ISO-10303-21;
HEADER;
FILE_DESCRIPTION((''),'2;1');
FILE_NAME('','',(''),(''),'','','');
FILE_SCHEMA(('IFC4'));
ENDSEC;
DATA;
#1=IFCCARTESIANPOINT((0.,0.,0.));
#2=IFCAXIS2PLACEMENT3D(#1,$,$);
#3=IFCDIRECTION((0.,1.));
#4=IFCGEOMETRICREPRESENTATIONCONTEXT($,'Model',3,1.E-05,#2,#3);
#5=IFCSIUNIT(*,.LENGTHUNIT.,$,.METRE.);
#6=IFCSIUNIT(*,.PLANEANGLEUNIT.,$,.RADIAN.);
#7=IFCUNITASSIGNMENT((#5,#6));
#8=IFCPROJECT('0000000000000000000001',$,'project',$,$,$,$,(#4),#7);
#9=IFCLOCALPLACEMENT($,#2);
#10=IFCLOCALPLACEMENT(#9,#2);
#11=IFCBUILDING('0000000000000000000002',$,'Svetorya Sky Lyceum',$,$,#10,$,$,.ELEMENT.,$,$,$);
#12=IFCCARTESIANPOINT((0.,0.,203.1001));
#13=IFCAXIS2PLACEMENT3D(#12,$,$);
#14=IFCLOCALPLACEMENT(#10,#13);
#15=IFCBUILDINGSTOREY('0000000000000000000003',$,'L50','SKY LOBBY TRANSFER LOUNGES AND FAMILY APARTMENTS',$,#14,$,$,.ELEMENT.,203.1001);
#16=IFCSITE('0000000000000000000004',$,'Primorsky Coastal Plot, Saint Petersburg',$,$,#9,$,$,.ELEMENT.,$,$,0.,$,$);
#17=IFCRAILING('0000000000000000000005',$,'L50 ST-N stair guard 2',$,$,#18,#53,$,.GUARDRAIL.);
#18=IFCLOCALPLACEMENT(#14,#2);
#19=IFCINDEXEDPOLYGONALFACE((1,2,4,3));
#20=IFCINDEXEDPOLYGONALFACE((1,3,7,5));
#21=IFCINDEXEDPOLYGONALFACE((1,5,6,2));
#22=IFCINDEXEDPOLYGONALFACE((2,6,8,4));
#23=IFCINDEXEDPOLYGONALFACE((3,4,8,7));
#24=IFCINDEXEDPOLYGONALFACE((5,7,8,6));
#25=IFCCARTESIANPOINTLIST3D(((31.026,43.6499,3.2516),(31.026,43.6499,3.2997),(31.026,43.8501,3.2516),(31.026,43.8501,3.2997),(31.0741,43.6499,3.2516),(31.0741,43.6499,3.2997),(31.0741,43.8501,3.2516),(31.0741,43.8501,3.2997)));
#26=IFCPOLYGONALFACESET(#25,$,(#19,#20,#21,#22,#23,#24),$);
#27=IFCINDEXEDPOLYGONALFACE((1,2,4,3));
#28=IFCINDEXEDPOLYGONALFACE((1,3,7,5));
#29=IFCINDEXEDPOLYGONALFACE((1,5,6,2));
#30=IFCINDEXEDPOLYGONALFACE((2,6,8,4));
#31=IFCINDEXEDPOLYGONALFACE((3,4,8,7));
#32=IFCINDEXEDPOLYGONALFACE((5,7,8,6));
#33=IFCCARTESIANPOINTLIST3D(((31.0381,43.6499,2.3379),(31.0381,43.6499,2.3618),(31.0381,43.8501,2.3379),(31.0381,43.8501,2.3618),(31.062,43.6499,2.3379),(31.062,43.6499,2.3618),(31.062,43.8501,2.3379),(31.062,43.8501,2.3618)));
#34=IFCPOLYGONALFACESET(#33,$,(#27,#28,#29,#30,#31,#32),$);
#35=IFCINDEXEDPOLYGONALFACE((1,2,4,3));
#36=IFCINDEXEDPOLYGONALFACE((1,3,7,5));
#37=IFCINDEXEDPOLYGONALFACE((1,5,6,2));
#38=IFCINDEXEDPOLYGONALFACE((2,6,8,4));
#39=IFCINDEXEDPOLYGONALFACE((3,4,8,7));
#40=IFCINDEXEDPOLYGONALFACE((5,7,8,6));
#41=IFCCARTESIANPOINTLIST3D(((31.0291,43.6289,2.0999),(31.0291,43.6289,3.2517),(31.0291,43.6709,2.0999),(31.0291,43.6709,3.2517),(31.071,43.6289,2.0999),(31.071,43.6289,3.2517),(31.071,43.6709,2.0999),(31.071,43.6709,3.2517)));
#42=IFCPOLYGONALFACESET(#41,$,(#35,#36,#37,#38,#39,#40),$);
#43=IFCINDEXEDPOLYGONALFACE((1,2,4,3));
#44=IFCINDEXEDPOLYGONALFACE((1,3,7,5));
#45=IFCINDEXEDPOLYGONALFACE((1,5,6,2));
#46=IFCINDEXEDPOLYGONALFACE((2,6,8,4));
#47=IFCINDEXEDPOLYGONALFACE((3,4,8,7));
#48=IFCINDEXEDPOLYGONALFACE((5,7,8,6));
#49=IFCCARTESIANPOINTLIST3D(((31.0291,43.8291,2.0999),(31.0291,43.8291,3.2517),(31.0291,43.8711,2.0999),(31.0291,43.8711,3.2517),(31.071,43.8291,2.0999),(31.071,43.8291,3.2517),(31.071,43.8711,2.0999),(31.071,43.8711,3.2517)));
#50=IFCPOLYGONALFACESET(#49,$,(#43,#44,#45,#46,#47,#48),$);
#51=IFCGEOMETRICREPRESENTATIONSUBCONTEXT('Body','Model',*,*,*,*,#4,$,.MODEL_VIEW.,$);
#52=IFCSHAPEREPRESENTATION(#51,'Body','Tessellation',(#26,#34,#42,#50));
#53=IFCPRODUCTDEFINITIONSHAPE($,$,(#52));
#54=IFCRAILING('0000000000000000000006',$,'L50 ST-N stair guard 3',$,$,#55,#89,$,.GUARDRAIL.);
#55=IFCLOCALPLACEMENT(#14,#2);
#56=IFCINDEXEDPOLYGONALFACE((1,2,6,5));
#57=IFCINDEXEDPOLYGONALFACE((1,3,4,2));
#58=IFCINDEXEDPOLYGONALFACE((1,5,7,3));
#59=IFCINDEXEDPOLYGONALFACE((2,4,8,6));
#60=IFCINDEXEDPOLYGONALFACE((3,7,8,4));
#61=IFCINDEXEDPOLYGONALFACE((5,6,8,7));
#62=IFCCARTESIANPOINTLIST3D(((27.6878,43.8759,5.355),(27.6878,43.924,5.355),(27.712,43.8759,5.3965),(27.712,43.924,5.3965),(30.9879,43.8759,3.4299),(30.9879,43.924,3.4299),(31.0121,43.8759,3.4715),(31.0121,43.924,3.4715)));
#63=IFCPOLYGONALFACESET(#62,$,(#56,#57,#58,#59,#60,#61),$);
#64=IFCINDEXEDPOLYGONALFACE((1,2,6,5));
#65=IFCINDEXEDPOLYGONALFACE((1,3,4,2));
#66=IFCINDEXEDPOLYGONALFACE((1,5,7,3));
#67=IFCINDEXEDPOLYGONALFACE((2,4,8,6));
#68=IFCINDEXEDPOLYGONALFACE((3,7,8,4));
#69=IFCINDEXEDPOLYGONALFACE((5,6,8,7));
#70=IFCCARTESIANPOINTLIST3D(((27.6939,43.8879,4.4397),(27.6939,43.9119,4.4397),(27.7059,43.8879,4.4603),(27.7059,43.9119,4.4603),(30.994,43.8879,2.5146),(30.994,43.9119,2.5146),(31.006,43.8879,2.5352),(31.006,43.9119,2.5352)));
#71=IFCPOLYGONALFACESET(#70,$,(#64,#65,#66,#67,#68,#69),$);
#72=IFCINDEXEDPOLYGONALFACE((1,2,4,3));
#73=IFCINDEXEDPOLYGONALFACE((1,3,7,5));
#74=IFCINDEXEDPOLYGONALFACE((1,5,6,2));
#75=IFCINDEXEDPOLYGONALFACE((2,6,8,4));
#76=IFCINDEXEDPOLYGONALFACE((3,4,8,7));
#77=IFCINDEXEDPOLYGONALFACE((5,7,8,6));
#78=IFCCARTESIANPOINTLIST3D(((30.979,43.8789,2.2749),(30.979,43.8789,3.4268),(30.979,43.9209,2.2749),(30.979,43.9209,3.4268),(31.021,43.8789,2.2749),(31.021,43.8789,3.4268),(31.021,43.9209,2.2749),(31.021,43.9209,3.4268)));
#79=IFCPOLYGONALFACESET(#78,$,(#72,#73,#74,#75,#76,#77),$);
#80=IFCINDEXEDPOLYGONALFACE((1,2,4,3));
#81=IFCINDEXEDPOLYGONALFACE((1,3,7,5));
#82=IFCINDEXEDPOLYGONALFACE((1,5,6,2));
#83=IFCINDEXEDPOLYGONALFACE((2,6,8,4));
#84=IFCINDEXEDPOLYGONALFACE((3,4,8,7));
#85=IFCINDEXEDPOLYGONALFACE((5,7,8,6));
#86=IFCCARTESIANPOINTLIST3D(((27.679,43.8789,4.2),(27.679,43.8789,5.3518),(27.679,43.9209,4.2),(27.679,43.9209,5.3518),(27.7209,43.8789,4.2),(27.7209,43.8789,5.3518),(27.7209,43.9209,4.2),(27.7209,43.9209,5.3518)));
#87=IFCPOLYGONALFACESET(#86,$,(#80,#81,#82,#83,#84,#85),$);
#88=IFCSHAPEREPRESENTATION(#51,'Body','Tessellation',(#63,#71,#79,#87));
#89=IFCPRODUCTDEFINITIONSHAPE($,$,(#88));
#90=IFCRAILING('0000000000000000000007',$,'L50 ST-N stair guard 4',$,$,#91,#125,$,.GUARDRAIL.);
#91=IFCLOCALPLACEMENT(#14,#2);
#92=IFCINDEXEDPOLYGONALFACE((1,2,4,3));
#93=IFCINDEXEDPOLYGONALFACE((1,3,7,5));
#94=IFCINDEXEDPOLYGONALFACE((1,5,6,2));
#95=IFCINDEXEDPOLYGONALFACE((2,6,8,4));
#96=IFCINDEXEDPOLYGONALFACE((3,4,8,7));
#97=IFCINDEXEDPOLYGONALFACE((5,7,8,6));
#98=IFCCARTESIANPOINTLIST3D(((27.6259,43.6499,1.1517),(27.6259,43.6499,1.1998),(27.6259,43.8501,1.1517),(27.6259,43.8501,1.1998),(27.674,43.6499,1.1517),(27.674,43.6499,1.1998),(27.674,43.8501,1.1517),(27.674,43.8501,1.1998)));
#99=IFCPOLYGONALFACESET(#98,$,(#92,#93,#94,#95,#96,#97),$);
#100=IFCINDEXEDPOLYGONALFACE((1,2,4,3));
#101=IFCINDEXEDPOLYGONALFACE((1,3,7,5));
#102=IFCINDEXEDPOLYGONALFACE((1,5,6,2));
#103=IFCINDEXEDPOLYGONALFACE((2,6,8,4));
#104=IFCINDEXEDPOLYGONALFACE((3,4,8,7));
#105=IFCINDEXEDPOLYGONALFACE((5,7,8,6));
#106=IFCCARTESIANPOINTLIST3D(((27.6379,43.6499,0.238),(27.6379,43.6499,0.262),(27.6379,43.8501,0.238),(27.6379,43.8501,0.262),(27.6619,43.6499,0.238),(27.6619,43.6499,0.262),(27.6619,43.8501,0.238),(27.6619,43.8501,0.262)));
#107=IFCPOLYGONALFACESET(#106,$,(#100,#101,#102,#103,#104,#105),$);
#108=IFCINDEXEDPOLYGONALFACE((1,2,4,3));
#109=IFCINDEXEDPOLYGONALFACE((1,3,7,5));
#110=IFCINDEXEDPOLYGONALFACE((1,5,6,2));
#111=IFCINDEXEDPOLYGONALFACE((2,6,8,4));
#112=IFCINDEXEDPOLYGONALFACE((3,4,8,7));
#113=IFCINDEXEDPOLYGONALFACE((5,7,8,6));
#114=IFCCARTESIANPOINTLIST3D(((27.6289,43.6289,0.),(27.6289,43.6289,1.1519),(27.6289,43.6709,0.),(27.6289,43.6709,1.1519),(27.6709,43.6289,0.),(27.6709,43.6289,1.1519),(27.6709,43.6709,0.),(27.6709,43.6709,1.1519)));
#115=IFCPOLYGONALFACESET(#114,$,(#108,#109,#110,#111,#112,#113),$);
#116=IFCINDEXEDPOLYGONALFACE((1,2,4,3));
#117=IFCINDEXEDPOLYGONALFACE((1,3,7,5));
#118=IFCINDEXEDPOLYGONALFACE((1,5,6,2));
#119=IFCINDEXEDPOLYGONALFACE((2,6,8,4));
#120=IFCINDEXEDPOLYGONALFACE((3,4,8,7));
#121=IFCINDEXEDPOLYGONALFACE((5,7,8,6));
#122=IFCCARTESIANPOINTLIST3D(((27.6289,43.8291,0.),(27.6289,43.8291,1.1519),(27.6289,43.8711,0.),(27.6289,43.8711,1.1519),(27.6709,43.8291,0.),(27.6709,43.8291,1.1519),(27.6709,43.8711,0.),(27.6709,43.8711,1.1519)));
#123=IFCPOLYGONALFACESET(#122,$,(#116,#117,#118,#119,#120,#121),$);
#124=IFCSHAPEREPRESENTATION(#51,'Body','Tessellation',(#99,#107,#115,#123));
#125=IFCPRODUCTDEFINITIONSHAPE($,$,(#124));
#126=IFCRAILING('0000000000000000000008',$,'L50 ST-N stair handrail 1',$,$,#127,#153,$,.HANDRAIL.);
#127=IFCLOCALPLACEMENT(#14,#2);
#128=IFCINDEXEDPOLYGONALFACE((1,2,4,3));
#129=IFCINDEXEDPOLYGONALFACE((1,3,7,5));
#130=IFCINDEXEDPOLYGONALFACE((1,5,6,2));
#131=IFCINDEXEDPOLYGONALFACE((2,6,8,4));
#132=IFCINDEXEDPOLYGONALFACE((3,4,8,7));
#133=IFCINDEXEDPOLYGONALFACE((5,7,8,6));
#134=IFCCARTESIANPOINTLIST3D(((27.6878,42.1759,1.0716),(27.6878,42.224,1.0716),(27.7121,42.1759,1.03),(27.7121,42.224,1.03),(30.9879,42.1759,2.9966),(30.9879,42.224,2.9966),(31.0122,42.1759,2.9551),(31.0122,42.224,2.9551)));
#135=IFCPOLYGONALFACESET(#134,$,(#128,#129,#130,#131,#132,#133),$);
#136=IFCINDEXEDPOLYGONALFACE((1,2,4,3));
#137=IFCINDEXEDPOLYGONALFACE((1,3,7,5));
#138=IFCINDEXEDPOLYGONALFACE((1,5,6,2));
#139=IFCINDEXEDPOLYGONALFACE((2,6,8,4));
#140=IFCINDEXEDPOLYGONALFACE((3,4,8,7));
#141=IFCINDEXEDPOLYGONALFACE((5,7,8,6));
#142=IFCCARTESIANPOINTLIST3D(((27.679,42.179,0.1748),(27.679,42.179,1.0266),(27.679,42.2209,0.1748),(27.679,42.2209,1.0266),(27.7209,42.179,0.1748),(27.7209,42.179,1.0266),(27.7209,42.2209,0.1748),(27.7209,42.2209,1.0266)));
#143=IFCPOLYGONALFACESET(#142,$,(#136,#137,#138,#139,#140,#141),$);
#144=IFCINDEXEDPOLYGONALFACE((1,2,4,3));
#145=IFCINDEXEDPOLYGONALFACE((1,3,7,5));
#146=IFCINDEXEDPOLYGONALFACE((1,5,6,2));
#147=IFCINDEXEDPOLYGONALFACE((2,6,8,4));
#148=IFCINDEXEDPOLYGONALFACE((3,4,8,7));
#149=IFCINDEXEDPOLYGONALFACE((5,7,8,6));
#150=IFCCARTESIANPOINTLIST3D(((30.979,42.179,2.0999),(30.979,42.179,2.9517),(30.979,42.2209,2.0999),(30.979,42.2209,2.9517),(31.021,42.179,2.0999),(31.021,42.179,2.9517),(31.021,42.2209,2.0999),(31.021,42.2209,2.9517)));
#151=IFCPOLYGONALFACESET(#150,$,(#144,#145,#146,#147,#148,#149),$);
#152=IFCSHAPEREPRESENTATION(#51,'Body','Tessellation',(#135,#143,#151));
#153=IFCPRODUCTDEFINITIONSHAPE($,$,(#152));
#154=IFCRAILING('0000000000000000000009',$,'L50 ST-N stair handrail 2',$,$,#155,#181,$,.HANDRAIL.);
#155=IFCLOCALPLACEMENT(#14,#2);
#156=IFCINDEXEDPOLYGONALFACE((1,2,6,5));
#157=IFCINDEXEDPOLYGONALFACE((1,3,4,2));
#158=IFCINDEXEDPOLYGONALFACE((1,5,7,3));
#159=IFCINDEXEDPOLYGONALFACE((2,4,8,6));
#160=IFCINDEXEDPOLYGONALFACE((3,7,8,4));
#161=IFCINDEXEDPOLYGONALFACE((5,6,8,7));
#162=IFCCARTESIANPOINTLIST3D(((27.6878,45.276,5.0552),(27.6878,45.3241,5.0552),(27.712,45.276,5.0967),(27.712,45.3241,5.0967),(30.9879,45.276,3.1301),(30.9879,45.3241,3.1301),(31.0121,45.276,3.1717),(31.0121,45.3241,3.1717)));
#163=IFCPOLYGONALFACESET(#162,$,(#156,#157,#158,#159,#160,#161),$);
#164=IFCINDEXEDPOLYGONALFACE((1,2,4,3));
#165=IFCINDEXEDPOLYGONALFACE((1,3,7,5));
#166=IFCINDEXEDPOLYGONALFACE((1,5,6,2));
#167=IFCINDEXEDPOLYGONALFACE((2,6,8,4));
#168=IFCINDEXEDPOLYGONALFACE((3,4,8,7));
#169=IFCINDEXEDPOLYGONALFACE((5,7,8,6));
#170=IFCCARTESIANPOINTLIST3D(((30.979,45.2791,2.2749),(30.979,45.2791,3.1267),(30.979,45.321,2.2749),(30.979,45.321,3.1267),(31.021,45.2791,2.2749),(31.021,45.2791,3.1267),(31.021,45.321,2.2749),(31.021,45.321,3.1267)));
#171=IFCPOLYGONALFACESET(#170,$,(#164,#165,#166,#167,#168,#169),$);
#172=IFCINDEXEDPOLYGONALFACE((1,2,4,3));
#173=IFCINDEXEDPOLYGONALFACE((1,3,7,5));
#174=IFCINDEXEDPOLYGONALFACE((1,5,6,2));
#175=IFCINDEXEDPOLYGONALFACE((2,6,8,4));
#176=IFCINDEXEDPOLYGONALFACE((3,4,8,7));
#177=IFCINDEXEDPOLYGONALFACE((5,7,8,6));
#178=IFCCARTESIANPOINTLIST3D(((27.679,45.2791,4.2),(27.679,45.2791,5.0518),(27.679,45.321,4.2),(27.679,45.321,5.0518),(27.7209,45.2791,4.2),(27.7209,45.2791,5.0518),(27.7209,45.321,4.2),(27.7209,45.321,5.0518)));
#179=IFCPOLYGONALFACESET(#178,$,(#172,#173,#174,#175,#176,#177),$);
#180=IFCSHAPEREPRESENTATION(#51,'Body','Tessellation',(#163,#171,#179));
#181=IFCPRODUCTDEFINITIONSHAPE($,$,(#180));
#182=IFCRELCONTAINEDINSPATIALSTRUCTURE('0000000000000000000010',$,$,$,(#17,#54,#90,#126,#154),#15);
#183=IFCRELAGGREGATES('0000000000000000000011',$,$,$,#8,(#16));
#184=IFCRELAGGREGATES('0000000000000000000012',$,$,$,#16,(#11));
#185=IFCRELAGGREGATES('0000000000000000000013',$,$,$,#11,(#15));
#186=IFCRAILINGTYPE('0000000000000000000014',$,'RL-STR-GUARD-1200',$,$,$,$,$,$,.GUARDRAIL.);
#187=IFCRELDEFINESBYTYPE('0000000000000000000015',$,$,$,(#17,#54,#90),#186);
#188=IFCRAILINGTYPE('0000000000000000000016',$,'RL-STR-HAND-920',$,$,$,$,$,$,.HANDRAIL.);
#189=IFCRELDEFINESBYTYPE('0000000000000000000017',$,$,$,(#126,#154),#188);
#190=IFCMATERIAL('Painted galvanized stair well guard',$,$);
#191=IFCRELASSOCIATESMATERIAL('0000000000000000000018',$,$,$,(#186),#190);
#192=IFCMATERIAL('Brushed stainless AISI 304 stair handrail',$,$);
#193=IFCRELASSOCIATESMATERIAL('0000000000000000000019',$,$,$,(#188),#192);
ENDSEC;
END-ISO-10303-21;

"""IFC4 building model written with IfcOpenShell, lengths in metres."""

from ifc_helpers import new_model, si_unit, direction, frame, origin, origin_2d, place, context, subcontext, project, spatial, rectangle, extrude, material, type_object, element, save


model = new_model("IFC4")

# Units and contexts
model_context = context("Model", 3, precision=1e-05, world=origin(), true_north=direction((0.0, 1.0)))
body_context = subcontext(model_context, "Body", "Model", "MODEL_VIEW")
ifc_project = project(units=[si_unit("LENGTHUNIT", "METRE"), si_unit("PLANEANGLEUNIT", "RADIAN")], contexts=[model_context])

# Site, building, storey
site_placement = place(None, origin())
site = spatial("IfcSite", under=ifc_project, at=site_placement, Name="Primorsky Coastal Plot, Saint Petersburg", CompositionType="ELEMENT", RefElevation=0.0)
building_placement = place(site_placement, origin())
building = spatial("IfcBuilding", under=site, at=building_placement, Name="Svetorya Sky Lyceum", CompositionType="ELEMENT")
storey_placement = place(building_placement, frame((0.0, 0.0, 203.1001)))
storey = spatial("IfcBuildingStorey", under=building, at=storey_placement, Name="L50", Description="SKY LOBBY TRANSFER LOUNGES AND FAMILY APARTMENTS", CompositionType="ELEMENT", Elevation=203.1001)

# Railings
ifc_material_1 = material(Name="Painted galvanized stair well guard")
railing_type_1 = type_object("IfcRailingType", Name="RL-STR-GUARD-1200", PredefinedType="GUARDRAIL", material=ifc_material_1)
railing_1_placement = place(storey_placement, frame((31.05, 43.6499, 2.0999)))
element("IfcRailing", 1, at=railing_1_placement, inside=storey, type_object=railing_type_1, Name="L50 ST-N stair guard 2", PredefinedType="GUARDRAIL", context=body_context, shape_type="SweptSolid", body=[
    extrude(rectangle(XDim=0.0481, YDim=0.0481, at=origin_2d()), frame((0.0, 0.0, 1.1758), z_axis=(0.0, 1.0, 0.0), x_axis=(-1.0, 0.0, 0.0)), (0.0, 0.0, 1.0), 0.2002),
    extrude(rectangle(XDim=0.0239, YDim=0.0239, at=origin_2d()), frame((0.0, 0.0, 0.25), z_axis=(0.0, 1.0, 0.0), x_axis=(-1.0, 0.0, 0.0)), (0.0, 0.0, 1.0), 0.2002),
    extrude(rectangle(XDim=0.042, YDim=0.042, at=origin_2d()), origin(), (0.0, 0.0, 1.0), 1.1519),
    extrude(rectangle(XDim=0.042, YDim=0.042, at=origin_2d()), frame((0.0, 0.2002, 0.0)), (0.0, 0.0, 1.0), 1.1519),
])
railing_2_placement = place(storey_placement, frame((31.0, 43.8999, 2.2749)))
element("IfcRailing", 2, at=railing_2_placement, inside=storey, type_object=railing_type_1, Name="L50 ST-N stair guard 3", PredefinedType="GUARDRAIL", context=body_context, shape_type="SweptSolid", body=[
    extrude(rectangle(XDim=0.0481, YDim=0.0481, at=origin_2d()), frame((0.0, 0.0, 1.1758), z_axis=(-0.863777, 0.0, 0.503875), x_axis=(0.0, -1.0, 0.0)), (0.0, 0.0, 1.0), 3.8206),
    extrude(rectangle(XDim=0.0239, YDim=0.0239, at=origin_2d()), frame((0.0, 0.0, 0.25), z_axis=(-0.863777, 0.0, 0.503875), x_axis=(0.0, -1.0, 0.0)), (0.0, 0.0, 1.0), 3.8206),
    extrude(rectangle(XDim=0.042, YDim=0.042, at=origin_2d()), origin(), (0.0, 0.0, 1.0), 1.1519),
    extrude(rectangle(XDim=0.042, YDim=0.042, at=origin_2d()), frame((-3.3, 0.0, 1.925)), (0.0, 0.0, 1.0), 1.1519),
])
railing_3_placement = place(storey_placement, frame((27.6499, 43.6499, 0.0)))
element("IfcRailing", 3, at=railing_3_placement, inside=storey, type_object=railing_type_1, Name="L50 ST-N stair guard 4", PredefinedType="GUARDRAIL", context=body_context, shape_type="SweptSolid", body=[
    extrude(rectangle(XDim=0.0481, YDim=0.0481, at=origin_2d()), frame((0.0, 0.0, 1.1758), z_axis=(0.0, 1.0, 0.0), x_axis=(-1.0, 0.0, 0.0)), (0.0, 0.0, 1.0), 0.2002),
    extrude(rectangle(XDim=0.0239, YDim=0.0239, at=origin_2d()), frame((0.0, 0.0, 0.25), z_axis=(0.0, 1.0, 0.0), x_axis=(-1.0, 0.0, 0.0)), (0.0, 0.0, 1.0), 0.2002),
    extrude(rectangle(XDim=0.042, YDim=0.042, at=origin_2d()), origin(), (0.0, 0.0, 1.0), 1.1519),
    extrude(rectangle(XDim=0.042, YDim=0.042, at=origin_2d()), frame((0.0, 0.2002, 0.0)), (0.0, 0.0, 1.0), 1.1519),
])
ifc_material_2 = material(Name="Brushed stainless AISI 304 stair handrail")
railing_type_2 = type_object("IfcRailingType", Name="RL-STR-HAND-920", PredefinedType="HANDRAIL", material=ifc_material_2)
railing_4_placement = place(storey_placement, frame((27.7, 42.2, 0.1748)))
element("IfcRailing", 4, at=railing_4_placement, inside=storey, type_object=railing_type_2, Name="L50 ST-N stair handrail 1", PredefinedType="HANDRAIL", context=body_context, shape_type="SweptSolid", body=[
    extrude(rectangle(XDim=0.0481, YDim=0.0481, at=origin_2d()), frame((0.0, 0.0, 0.876), z_axis=(0.863777, 0.0, 0.503875), x_axis=(0.0, 1.0, 0.0)), (0.0, 0.0, 1.0), 3.8206),
    extrude(rectangle(XDim=0.042, YDim=0.042, at=origin_2d()), origin(), (0.0, 0.0, 1.0), 0.8518),
    extrude(rectangle(XDim=0.042, YDim=0.042, at=origin_2d()), frame((3.3, 0.0, 1.925)), (0.0, 0.0, 1.0), 0.8518),
])
railing_5_placement = place(storey_placement, frame((31.0, 45.3, 2.2749)))
element("IfcRailing", 5, at=railing_5_placement, inside=storey, type_object=railing_type_2, Name="L50 ST-N stair handrail 2", PredefinedType="HANDRAIL", context=body_context, shape_type="SweptSolid", body=[
    extrude(rectangle(XDim=0.0481, YDim=0.0481, at=origin_2d()), frame((0.0, 0.0, 0.876), z_axis=(-0.863777, 0.0, 0.503875), x_axis=(0.0, -1.0, 0.0)), (0.0, 0.0, 1.0), 3.8206),
    extrude(rectangle(XDim=0.042, YDim=0.042, at=origin_2d()), origin(), (0.0, 0.0, 1.0), 0.8518),
    extrude(rectangle(XDim=0.042, YDim=0.042, at=origin_2d()), frame((-3.3, 0.0, 1.925)), (0.0, 0.0, 1.0), 0.8518),
])

save(model, "model.ifc")
